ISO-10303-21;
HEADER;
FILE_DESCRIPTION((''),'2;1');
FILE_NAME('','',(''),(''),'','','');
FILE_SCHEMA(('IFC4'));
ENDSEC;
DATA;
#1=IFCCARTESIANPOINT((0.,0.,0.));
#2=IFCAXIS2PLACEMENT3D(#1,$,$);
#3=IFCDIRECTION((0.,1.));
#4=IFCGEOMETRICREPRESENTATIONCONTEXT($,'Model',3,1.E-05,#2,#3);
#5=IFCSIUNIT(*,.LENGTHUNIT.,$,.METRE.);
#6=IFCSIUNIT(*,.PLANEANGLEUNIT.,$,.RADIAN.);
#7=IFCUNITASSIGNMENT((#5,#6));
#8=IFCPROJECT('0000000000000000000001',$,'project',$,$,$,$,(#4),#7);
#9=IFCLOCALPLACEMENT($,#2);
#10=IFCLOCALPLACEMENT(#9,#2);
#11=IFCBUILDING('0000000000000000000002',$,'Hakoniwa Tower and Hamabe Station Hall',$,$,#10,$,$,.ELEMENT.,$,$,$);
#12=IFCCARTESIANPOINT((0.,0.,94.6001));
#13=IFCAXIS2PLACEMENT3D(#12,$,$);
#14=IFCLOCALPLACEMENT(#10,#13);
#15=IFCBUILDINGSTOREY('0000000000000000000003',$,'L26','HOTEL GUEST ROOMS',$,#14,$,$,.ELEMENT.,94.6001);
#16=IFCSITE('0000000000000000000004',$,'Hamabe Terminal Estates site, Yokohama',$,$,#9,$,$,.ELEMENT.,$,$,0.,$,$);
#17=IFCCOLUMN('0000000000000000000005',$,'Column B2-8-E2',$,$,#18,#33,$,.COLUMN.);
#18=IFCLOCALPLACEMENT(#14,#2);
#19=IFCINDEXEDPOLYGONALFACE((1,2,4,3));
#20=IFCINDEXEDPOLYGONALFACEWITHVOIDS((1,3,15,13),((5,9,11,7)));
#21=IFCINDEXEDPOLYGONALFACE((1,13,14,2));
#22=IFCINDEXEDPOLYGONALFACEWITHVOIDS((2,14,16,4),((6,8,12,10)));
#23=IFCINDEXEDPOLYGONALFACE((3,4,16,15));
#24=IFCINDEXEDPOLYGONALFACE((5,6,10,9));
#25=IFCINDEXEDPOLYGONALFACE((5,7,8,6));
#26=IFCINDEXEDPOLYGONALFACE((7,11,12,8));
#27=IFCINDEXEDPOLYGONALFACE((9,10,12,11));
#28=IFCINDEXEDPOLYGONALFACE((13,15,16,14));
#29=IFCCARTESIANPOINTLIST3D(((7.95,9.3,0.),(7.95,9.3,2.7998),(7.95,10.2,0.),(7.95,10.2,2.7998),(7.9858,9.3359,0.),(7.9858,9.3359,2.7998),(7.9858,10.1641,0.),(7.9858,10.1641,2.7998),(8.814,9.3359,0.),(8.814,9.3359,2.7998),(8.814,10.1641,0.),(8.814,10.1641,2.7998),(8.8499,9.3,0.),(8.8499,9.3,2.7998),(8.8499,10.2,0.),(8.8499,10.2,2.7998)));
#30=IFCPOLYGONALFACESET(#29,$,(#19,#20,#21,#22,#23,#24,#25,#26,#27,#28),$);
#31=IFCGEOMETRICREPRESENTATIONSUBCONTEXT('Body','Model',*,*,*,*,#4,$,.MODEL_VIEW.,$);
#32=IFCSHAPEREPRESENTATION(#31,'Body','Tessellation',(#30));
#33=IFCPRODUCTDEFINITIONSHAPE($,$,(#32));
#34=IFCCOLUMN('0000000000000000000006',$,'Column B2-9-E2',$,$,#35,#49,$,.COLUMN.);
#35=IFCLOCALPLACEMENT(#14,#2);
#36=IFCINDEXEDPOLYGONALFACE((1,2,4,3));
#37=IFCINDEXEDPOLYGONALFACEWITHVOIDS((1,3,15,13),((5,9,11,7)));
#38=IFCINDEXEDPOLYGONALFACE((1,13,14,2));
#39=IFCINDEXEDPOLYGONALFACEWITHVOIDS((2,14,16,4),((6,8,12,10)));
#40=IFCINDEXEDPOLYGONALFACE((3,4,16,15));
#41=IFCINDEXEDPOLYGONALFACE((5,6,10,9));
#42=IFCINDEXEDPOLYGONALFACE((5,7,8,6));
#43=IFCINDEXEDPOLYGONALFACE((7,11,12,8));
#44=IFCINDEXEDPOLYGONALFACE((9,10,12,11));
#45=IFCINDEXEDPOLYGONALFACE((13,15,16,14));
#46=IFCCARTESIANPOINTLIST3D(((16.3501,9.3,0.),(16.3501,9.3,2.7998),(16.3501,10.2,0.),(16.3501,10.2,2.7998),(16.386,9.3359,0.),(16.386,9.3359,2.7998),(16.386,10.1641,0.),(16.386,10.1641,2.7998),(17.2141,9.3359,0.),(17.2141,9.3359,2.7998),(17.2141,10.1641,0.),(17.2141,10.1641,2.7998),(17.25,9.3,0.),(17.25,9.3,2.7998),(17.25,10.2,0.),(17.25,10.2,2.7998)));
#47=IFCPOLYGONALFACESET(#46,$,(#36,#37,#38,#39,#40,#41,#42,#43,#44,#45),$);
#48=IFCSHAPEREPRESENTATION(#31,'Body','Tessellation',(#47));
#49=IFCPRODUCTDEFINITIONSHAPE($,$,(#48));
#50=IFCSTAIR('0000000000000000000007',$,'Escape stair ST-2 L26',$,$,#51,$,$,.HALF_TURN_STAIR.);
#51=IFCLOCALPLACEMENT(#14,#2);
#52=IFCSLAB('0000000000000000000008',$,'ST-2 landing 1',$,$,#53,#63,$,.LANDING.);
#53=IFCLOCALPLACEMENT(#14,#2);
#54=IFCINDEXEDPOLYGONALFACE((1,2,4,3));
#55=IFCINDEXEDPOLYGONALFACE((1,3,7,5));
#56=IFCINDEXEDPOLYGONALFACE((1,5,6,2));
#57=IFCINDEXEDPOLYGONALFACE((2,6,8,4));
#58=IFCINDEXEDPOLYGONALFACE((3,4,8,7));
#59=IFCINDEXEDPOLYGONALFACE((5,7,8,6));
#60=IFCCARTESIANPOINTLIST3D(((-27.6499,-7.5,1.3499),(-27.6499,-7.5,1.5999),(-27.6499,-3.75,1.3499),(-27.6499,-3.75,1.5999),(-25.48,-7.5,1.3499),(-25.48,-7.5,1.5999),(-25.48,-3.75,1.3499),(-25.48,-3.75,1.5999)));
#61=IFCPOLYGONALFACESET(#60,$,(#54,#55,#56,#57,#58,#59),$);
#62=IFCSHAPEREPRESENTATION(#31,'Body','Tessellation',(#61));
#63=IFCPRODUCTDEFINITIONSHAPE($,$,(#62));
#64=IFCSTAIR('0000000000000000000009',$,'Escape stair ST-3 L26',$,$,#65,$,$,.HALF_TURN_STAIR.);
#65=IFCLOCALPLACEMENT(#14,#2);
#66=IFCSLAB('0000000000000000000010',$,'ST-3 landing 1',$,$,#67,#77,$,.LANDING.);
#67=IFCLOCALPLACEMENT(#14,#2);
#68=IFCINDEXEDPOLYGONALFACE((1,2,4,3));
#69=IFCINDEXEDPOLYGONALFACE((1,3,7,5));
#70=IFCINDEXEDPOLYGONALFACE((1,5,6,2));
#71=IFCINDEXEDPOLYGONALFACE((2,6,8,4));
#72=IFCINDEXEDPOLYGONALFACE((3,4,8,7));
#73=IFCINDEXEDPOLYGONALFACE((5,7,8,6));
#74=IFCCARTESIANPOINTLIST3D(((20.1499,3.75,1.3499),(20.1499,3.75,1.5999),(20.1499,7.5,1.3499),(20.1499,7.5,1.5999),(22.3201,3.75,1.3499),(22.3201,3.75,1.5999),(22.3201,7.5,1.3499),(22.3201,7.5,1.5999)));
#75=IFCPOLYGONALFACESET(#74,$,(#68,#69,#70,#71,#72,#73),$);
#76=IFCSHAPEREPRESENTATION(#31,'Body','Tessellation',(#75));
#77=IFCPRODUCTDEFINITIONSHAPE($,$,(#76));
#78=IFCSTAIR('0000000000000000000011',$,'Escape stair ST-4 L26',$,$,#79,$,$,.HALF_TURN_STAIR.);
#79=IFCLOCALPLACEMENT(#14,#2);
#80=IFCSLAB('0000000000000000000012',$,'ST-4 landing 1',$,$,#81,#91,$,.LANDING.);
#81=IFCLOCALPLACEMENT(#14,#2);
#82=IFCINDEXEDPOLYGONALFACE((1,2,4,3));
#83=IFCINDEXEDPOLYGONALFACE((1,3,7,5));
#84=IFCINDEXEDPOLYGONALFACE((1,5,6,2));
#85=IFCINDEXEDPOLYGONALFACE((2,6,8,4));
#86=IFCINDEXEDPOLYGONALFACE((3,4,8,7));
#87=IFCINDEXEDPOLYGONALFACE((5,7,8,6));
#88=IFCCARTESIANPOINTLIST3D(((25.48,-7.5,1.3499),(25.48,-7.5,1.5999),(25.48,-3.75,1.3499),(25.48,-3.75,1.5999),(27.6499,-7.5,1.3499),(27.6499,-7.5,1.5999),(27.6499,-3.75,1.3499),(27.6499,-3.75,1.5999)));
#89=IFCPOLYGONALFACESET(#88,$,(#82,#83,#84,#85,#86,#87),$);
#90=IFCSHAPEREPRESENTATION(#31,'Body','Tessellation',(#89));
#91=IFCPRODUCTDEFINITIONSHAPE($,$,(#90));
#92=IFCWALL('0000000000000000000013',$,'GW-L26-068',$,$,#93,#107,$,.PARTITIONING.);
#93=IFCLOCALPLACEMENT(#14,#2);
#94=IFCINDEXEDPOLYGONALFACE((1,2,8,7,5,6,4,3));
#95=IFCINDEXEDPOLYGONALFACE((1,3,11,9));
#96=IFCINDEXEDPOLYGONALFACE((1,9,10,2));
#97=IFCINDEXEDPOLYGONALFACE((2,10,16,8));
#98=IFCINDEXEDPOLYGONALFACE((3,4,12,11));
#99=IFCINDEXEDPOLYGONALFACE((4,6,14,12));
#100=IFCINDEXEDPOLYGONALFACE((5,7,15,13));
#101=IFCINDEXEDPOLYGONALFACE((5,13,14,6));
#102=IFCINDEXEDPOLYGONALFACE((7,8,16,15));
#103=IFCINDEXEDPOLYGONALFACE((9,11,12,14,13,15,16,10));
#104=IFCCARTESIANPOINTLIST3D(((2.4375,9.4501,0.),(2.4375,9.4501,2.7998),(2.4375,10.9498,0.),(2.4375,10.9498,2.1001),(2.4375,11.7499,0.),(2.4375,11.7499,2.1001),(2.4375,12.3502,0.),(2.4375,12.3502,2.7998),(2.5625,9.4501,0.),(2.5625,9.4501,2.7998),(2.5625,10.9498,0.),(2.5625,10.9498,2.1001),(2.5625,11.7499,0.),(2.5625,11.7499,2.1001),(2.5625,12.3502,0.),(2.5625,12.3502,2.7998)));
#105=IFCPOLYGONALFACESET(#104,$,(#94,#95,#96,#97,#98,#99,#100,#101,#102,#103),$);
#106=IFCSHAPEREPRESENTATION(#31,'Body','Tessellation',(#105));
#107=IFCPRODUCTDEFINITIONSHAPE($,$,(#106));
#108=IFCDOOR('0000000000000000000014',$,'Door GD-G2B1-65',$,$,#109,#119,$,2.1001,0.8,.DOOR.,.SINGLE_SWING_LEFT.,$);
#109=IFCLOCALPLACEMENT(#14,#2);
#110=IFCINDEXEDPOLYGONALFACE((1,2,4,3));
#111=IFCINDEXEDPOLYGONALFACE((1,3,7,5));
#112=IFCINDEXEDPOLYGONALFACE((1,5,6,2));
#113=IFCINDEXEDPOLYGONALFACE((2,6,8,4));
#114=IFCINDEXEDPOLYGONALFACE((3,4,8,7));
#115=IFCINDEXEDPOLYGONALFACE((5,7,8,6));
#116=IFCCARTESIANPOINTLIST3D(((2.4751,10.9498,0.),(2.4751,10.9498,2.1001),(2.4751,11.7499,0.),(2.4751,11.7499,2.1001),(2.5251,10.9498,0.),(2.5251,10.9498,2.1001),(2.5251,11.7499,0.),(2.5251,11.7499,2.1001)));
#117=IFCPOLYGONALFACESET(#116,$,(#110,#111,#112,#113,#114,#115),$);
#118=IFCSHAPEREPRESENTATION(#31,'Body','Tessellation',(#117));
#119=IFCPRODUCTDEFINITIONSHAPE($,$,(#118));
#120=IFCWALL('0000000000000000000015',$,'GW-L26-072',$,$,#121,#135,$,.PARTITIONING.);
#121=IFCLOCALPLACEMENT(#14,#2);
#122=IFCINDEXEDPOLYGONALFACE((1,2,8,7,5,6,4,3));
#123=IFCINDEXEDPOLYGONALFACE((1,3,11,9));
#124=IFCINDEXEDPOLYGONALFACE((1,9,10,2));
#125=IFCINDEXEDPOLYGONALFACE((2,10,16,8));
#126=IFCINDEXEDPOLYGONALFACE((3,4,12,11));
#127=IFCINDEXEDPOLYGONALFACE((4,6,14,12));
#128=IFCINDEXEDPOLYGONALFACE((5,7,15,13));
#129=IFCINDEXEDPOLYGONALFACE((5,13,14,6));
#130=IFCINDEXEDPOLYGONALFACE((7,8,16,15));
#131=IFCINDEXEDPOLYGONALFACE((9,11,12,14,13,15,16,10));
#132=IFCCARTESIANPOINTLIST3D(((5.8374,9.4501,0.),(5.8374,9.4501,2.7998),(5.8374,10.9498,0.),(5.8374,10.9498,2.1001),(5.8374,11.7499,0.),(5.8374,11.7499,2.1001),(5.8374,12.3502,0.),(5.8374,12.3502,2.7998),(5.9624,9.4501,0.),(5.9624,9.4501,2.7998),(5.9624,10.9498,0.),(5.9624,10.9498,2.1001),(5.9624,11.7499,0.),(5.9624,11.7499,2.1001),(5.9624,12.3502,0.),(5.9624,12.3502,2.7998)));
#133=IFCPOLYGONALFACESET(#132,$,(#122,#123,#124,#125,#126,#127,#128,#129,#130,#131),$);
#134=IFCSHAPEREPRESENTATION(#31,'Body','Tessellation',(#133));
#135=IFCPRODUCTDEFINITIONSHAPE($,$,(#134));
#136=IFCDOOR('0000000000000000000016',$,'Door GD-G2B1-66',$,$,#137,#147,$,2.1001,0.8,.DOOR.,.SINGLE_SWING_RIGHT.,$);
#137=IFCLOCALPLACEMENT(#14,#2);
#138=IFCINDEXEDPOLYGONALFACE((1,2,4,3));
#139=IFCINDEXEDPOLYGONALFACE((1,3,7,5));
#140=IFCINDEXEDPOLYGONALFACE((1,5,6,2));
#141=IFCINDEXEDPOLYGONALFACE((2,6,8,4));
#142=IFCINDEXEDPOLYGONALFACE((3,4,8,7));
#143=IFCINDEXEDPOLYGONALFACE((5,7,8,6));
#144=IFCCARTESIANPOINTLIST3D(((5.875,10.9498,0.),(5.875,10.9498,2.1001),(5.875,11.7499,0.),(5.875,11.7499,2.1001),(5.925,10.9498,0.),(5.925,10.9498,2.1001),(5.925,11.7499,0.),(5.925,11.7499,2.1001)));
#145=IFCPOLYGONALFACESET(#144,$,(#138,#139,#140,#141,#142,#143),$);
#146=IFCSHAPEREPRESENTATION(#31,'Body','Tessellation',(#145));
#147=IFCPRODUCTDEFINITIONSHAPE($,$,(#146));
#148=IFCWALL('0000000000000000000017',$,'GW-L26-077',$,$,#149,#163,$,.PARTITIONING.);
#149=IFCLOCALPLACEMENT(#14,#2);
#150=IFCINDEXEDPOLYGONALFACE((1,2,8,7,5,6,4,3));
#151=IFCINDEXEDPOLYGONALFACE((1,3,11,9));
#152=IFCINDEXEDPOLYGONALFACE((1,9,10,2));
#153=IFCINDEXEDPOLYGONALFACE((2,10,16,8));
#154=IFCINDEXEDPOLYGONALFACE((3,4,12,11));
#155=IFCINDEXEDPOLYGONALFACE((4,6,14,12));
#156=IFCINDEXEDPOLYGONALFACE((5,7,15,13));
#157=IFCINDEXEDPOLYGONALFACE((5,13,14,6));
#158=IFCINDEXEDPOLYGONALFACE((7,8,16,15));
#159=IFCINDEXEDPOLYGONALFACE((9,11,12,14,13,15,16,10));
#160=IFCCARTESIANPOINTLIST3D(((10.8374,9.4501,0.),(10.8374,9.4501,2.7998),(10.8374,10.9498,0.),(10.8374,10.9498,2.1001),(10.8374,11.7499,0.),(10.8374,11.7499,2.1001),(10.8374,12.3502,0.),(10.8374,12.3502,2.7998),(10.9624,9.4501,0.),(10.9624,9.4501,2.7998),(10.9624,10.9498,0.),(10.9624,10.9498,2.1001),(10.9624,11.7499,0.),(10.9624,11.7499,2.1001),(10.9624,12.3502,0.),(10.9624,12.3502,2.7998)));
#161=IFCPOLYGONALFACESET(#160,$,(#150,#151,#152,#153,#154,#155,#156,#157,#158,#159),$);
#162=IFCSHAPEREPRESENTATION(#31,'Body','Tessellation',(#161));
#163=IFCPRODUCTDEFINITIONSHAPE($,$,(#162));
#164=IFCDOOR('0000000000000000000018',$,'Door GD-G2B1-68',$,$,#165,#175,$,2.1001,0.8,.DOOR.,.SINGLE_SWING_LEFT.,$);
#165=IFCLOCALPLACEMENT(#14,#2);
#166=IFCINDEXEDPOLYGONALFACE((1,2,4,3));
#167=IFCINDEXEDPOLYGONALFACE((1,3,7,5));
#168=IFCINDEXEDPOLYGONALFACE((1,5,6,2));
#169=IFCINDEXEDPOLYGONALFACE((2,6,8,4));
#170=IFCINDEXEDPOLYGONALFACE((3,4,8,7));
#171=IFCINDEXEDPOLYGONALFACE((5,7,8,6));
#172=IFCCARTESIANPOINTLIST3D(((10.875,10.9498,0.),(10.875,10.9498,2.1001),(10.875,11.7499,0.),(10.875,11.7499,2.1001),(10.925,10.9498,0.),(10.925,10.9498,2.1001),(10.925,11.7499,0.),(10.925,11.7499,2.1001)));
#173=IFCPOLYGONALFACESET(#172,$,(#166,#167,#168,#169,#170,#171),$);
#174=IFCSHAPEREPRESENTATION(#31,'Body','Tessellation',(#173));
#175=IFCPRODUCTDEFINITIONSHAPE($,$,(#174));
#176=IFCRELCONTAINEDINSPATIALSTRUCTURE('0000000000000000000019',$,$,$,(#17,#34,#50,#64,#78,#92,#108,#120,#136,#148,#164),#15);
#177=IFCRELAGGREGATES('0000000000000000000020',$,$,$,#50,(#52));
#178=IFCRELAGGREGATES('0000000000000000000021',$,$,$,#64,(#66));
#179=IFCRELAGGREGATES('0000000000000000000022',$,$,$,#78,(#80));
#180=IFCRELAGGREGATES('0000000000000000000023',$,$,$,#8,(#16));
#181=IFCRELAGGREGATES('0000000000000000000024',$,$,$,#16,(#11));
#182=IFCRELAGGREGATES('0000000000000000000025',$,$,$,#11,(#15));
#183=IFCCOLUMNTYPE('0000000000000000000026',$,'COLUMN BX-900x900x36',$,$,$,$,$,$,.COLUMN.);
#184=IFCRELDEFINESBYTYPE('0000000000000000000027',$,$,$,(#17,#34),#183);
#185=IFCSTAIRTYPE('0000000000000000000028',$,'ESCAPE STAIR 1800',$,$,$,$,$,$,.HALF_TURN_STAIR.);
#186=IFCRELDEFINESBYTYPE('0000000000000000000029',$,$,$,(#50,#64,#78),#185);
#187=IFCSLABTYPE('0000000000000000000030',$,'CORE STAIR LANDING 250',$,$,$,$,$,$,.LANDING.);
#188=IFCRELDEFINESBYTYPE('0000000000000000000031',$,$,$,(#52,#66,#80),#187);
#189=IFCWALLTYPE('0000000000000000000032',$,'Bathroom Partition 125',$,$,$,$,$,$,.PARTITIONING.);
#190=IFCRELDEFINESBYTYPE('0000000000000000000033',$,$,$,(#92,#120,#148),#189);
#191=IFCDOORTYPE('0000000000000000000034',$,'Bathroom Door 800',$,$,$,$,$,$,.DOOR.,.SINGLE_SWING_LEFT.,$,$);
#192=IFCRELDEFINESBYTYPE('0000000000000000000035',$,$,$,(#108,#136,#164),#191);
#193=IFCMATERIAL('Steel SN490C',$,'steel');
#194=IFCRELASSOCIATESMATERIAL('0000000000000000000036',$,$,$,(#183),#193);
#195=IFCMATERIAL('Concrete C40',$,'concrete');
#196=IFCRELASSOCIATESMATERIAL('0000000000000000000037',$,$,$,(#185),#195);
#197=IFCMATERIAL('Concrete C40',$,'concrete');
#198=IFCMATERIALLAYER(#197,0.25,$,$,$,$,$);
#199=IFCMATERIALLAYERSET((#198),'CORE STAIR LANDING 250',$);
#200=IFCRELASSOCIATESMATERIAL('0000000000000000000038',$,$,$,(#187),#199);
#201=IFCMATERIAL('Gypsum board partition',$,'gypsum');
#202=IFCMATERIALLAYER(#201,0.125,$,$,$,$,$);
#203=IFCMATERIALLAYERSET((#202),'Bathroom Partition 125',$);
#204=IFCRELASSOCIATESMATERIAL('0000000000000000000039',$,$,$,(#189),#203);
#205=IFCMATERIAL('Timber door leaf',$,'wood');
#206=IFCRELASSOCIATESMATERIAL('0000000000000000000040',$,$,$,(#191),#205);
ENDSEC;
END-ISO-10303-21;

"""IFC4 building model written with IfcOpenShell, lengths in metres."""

from ifc_helpers import new_model, si_unit, direction, frame, frame_2d, origin, origin_2d, place, context, subcontext, project, spatial, polyline, rectangle, hollow_rectangle, outline, extrude, material, layer, layer_set, material_profile, profile_set, type_object, element, fill, aggregate, save


model = new_model("IFC4")

# Units and contexts
model_context = context("Model", 3, precision=1e-05, world=origin(), true_north=direction((0.0, 1.0)))
body_context = subcontext(model_context, "Body", "Model", "MODEL_VIEW")
ifc_project = project(units=[si_unit("LENGTHUNIT", "METRE"), si_unit("PLANEANGLEUNIT", "RADIAN")], contexts=[model_context])

# Site, building, storey
site_placement = place(None, origin())
site = spatial("IfcSite", under=ifc_project, at=site_placement, Name="Hamabe Terminal Estates site, Yokohama", CompositionType="ELEMENT", RefElevation=0.0)
building_placement = place(site_placement, origin())
building = spatial("IfcBuilding", under=site, at=building_placement, Name="Hakoniwa Tower and Hamabe Station Hall", CompositionType="ELEMENT")
storey_placement = place(building_placement, frame((0.0, 0.0, 94.6001)))
storey = spatial("IfcBuildingStorey", under=building, at=storey_placement, Name="L26", Description="HOTEL GUEST ROOMS", CompositionType="ELEMENT", Elevation=94.6001)

# Columns
ifc_material_1 = material(Name="Steel SN490C", Category="steel")
ifc_material_profile = material_profile(ifc_material_1, hollow_rectangle(XDim=0.8999, YDim=0.8999, WallThickness=0.0359, at=origin_2d()), Name="BX-900x900x36")
ifc_profile_set = profile_set([ifc_material_profile], Name="Steel SN490C")
column_type = type_object("IfcColumnType", Name="COLUMN BX-900x900x36", PredefinedType="COLUMN", material=ifc_profile_set)
for number, where, z_axis, x_axis, name in (
    (1, (8.3999, 9.75, 0.0), (0.0, 0.0, 1.0), (1.0, 0.0, 0.0), "Column B2-8-E2"),
    (2, (16.8, 9.75, 0.0), (0.0, 0.0, 1.0), (1.0, 0.0, 0.0), "Column B2-9-E2"),
):
    element("IfcColumn", number, at=place(storey_placement, frame(where, z_axis=z_axis, x_axis=x_axis)), inside=storey, type_object=column_type, Name=name, PredefinedType="COLUMN", context=body_context, shape_type="SweptSolid", body=[
        extrude(hollow_rectangle(XDim=0.8999, YDim=0.8999, WallThickness=0.0359, at=origin_2d()), origin(), (0.0, 0.0, 1.0), 2.7998),
    ])

# Stairs, slabs
ifc_material_2 = material(Name="Concrete C40", Category="concrete")
stair_type = type_object("IfcStairType", Name="ESCAPE STAIR 1800", PredefinedType="HALF_TURN_STAIR", material=ifc_material_2)
stair_1_placement = place(storey_placement, origin())
stair_1 = element("IfcStair", 3, at=stair_1_placement, inside=storey, type_object=stair_type, Name="Escape stair ST-2 L26", PredefinedType="HALF_TURN_STAIR")
ifc_material_3 = material(Name="Concrete C40", Category="concrete")
ifc_layer_1 = layer(ifc_material_3, 0.25)
ifc_layer_set_1 = layer_set([ifc_layer_1], Name="CORE STAIR LANDING 250")
slab_type = type_object("IfcSlabType", Name="CORE STAIR LANDING 250", PredefinedType="LANDING", material=ifc_layer_set_1)
slab_1_placement = place(storey_placement, frame((0.0, 0.0, 1.3499)))
slab_1 = element("IfcSlab", 4, at=slab_1_placement, type_object=slab_type, Name="ST-2 landing 1", PredefinedType="LANDING", context=body_context, shape_type="SweptSolid", body=[
    extrude(outline(polyline([(-25.48, -7.5), (-27.6499, -7.5), (-27.6499, -3.75), (-25.48, -3.75), (-25.48, -7.5)])), origin(), (0.0, 0.0, 1.0), 0.25),
])
aggregate(stair_1, [slab_1])
stair_2_placement = place(storey_placement, origin())
stair_2 = element("IfcStair", 5, at=stair_2_placement, inside=storey, type_object=stair_type, Name="Escape stair ST-3 L26", PredefinedType="HALF_TURN_STAIR")
slab_2_placement = place(storey_placement, frame((0.0, 0.0, 1.3499)))
slab_2 = element("IfcSlab", 6, at=slab_2_placement, type_object=slab_type, Name="ST-3 landing 1", PredefinedType="LANDING", context=body_context, shape_type="SweptSolid", body=[
    extrude(outline(polyline([(22.3201, 3.75), (20.1499, 3.75), (20.1499, 7.5), (22.3201, 7.5), (22.3201, 3.75)])), origin(), (0.0, 0.0, 1.0), 0.25),
])
aggregate(stair_2, [slab_2])
stair_3_placement = place(storey_placement, origin())
stair_3 = element("IfcStair", 7, at=stair_3_placement, inside=storey, type_object=stair_type, Name="Escape stair ST-4 L26", PredefinedType="HALF_TURN_STAIR")
slab_3_placement = place(storey_placement, frame((0.0, 0.0, 1.3499)))
slab_3 = element("IfcSlab", 8, at=slab_3_placement, type_object=slab_type, Name="ST-4 landing 1", PredefinedType="LANDING", context=body_context, shape_type="SweptSolid", body=[
    extrude(outline(polyline([(25.48, -7.5), (27.6499, -7.5), (27.6499, -3.75), (25.48, -3.75), (25.48, -7.5)])), origin(), (0.0, 0.0, 1.0), 0.25),
])
aggregate(stair_3, [slab_3])

# Walls, openings, doors
ifc_material_4 = material(Name="Gypsum board partition", Category="gypsum")
ifc_layer_2 = layer(ifc_material_4, 0.125)
ifc_layer_set_2 = layer_set([ifc_layer_2], Name="Bathroom Partition 125")
wall_type_1 = type_object("IfcWallType", Name="Bathroom Partition 125", PredefinedType="PARTITIONING", material=ifc_layer_set_2)
wall_1_placement = place(storey_placement, frame((2.5, 9.45, 0.0), z_axis=(0.0, 0.0, 1.0), x_axis=(0.0, 1.0, 0.0)))
wall_1 = element("IfcWall", 9, at=wall_1_placement, inside=storey, type_object=wall_type_1, Name="GW-L26-068", PredefinedType="PARTITIONING", context=body_context, shape_type="SweptSolid", body=[
    extrude(rectangle(XDim=2.9001, YDim=0.125, at=frame_2d((1.4502, 0.0))), origin(), (0.0, 0.0, 1.0), 2.7998),
])
opening_1_placement = place(wall_1_placement, frame((1.5, 0.0, 0.0)))
opening_1 = element("IfcOpeningElement", 10, at=opening_1_placement, cuts=wall_1, PredefinedType="OPENING", context=body_context, shape_type="SweptSolid", body=[
    extrude(rectangle(XDim=0.8, YDim=2.1001, at=frame_2d((0.3999, 1.05))), frame((0.0, 0.0725, 0.0), z_axis=(0.0, -1.0, 0.0), x_axis=(1.0, 0.0, 0.0)), (0.0, 0.0, 1.0), 0.145),
])
ifc_material_5 = material(Name="Timber door leaf", Category="wood")
door_type_1 = type_object("IfcDoorType", Name="Bathroom Door 800", OperationType="SINGLE_SWING_LEFT", PredefinedType="DOOR", material=ifc_material_5)
door_1_placement = place(opening_1_placement, origin())
door_1 = element("IfcDoor", 11, at=door_1_placement, inside=storey, type_object=door_type_1, Name="Door GD-G2B1-65", OperationType="SINGLE_SWING_LEFT", OverallHeight=2.1001, OverallWidth=0.8, PredefinedType="DOOR", context=body_context, shape_type="SweptSolid", body=[
    extrude(rectangle(XDim=0.8, YDim=2.1001, at=frame_2d((0.3999, 1.05))), frame((0.0, 0.0249, 0.0), z_axis=(0.0, -1.0, 0.0), x_axis=(1.0, 0.0, 0.0)), (0.0, 0.0, 1.0), 0.05),
])
fill(opening_1, door_1)
wall_2_placement = place(storey_placement, frame((5.8999, 9.45, 0.0), z_axis=(0.0, 0.0, 1.0), x_axis=(0.0, 1.0, 0.0)))
wall_2 = element("IfcWall", 12, at=wall_2_placement, inside=storey, type_object=wall_type_1, Name="GW-L26-072", PredefinedType="PARTITIONING", context=body_context, shape_type="SweptSolid", body=[
    extrude(rectangle(XDim=2.9001, YDim=0.125, at=frame_2d((1.4502, 0.0))), origin(), (0.0, 0.0, 1.0), 2.7998),
])
opening_2_placement = place(wall_2_placement, frame((1.5, 0.0, 0.0)))
opening_2 = element("IfcOpeningElement", 13, at=opening_2_placement, cuts=wall_2, PredefinedType="OPENING", context=body_context, shape_type="SweptSolid", body=[
    extrude(rectangle(XDim=0.8, YDim=2.1001, at=frame_2d((0.3999, 1.05))), frame((0.0, 0.0725, 0.0), z_axis=(0.0, -1.0, 0.0), x_axis=(1.0, 0.0, 0.0)), (0.0, 0.0, 1.0), 0.145),
])
door_2_placement = place(opening_2_placement, origin())
door_2 = element("IfcDoor", 14, at=door_2_placement, inside=storey, type_object=door_type_1, Name="Door GD-G2B1-66", OperationType="SINGLE_SWING_RIGHT", OverallHeight=2.1001, OverallWidth=0.8, PredefinedType="DOOR", context=body_context, shape_type="SweptSolid", body=[
    extrude(rectangle(XDim=0.8, YDim=2.1001, at=frame_2d((0.3999, 1.05))), frame((0.0, 0.0249, 0.0), z_axis=(0.0, -1.0, 0.0), x_axis=(1.0, 0.0, 0.0)), (0.0, 0.0, 1.0), 0.05),
])
fill(opening_2, door_2)
wall_3_placement = place(storey_placement, frame((10.8999, 9.45, 0.0), z_axis=(0.0, 0.0, 1.0), x_axis=(0.0, 1.0, 0.0)))
wall_3 = element("IfcWall", 15, at=wall_3_placement, inside=storey, type_object=wall_type_1, Name="GW-L26-077", PredefinedType="PARTITIONING", context=body_context, shape_type="SweptSolid", body=[
    extrude(rectangle(XDim=2.9001, YDim=0.125, at=frame_2d((1.4502, 0.0))), origin(), (0.0, 0.0, 1.0), 2.7998),
])
opening_3_placement = place(wall_3_placement, frame((1.5, 0.0, 0.0)))
opening_3 = element("IfcOpeningElement", 16, at=opening_3_placement, cuts=wall_3, PredefinedType="OPENING", context=body_context, shape_type="SweptSolid", body=[
    extrude(rectangle(XDim=0.8, YDim=2.1001, at=frame_2d((0.3999, 1.05))), frame((0.0, 0.0725, 0.0), z_axis=(0.0, -1.0, 0.0), x_axis=(1.0, 0.0, 0.0)), (0.0, 0.0, 1.0), 0.145),
])
door_3_placement = place(opening_3_placement, origin())
door_3 = element("IfcDoor", 17, at=door_3_placement, inside=storey, type_object=door_type_1, Name="Door GD-G2B1-68", OperationType="SINGLE_SWING_LEFT", OverallHeight=2.1001, OverallWidth=0.8, PredefinedType="DOOR", context=body_context, shape_type="SweptSolid", body=[
    extrude(rectangle(XDim=0.8, YDim=2.1001, at=frame_2d((0.3999, 1.05))), frame((0.0, 0.0249, 0.0), z_axis=(0.0, -1.0, 0.0), x_axis=(1.0, 0.0, 0.0)), (0.0, 0.0, 1.0), 0.05),
])
fill(opening_3, door_3)

save(model, "model.ifc")
